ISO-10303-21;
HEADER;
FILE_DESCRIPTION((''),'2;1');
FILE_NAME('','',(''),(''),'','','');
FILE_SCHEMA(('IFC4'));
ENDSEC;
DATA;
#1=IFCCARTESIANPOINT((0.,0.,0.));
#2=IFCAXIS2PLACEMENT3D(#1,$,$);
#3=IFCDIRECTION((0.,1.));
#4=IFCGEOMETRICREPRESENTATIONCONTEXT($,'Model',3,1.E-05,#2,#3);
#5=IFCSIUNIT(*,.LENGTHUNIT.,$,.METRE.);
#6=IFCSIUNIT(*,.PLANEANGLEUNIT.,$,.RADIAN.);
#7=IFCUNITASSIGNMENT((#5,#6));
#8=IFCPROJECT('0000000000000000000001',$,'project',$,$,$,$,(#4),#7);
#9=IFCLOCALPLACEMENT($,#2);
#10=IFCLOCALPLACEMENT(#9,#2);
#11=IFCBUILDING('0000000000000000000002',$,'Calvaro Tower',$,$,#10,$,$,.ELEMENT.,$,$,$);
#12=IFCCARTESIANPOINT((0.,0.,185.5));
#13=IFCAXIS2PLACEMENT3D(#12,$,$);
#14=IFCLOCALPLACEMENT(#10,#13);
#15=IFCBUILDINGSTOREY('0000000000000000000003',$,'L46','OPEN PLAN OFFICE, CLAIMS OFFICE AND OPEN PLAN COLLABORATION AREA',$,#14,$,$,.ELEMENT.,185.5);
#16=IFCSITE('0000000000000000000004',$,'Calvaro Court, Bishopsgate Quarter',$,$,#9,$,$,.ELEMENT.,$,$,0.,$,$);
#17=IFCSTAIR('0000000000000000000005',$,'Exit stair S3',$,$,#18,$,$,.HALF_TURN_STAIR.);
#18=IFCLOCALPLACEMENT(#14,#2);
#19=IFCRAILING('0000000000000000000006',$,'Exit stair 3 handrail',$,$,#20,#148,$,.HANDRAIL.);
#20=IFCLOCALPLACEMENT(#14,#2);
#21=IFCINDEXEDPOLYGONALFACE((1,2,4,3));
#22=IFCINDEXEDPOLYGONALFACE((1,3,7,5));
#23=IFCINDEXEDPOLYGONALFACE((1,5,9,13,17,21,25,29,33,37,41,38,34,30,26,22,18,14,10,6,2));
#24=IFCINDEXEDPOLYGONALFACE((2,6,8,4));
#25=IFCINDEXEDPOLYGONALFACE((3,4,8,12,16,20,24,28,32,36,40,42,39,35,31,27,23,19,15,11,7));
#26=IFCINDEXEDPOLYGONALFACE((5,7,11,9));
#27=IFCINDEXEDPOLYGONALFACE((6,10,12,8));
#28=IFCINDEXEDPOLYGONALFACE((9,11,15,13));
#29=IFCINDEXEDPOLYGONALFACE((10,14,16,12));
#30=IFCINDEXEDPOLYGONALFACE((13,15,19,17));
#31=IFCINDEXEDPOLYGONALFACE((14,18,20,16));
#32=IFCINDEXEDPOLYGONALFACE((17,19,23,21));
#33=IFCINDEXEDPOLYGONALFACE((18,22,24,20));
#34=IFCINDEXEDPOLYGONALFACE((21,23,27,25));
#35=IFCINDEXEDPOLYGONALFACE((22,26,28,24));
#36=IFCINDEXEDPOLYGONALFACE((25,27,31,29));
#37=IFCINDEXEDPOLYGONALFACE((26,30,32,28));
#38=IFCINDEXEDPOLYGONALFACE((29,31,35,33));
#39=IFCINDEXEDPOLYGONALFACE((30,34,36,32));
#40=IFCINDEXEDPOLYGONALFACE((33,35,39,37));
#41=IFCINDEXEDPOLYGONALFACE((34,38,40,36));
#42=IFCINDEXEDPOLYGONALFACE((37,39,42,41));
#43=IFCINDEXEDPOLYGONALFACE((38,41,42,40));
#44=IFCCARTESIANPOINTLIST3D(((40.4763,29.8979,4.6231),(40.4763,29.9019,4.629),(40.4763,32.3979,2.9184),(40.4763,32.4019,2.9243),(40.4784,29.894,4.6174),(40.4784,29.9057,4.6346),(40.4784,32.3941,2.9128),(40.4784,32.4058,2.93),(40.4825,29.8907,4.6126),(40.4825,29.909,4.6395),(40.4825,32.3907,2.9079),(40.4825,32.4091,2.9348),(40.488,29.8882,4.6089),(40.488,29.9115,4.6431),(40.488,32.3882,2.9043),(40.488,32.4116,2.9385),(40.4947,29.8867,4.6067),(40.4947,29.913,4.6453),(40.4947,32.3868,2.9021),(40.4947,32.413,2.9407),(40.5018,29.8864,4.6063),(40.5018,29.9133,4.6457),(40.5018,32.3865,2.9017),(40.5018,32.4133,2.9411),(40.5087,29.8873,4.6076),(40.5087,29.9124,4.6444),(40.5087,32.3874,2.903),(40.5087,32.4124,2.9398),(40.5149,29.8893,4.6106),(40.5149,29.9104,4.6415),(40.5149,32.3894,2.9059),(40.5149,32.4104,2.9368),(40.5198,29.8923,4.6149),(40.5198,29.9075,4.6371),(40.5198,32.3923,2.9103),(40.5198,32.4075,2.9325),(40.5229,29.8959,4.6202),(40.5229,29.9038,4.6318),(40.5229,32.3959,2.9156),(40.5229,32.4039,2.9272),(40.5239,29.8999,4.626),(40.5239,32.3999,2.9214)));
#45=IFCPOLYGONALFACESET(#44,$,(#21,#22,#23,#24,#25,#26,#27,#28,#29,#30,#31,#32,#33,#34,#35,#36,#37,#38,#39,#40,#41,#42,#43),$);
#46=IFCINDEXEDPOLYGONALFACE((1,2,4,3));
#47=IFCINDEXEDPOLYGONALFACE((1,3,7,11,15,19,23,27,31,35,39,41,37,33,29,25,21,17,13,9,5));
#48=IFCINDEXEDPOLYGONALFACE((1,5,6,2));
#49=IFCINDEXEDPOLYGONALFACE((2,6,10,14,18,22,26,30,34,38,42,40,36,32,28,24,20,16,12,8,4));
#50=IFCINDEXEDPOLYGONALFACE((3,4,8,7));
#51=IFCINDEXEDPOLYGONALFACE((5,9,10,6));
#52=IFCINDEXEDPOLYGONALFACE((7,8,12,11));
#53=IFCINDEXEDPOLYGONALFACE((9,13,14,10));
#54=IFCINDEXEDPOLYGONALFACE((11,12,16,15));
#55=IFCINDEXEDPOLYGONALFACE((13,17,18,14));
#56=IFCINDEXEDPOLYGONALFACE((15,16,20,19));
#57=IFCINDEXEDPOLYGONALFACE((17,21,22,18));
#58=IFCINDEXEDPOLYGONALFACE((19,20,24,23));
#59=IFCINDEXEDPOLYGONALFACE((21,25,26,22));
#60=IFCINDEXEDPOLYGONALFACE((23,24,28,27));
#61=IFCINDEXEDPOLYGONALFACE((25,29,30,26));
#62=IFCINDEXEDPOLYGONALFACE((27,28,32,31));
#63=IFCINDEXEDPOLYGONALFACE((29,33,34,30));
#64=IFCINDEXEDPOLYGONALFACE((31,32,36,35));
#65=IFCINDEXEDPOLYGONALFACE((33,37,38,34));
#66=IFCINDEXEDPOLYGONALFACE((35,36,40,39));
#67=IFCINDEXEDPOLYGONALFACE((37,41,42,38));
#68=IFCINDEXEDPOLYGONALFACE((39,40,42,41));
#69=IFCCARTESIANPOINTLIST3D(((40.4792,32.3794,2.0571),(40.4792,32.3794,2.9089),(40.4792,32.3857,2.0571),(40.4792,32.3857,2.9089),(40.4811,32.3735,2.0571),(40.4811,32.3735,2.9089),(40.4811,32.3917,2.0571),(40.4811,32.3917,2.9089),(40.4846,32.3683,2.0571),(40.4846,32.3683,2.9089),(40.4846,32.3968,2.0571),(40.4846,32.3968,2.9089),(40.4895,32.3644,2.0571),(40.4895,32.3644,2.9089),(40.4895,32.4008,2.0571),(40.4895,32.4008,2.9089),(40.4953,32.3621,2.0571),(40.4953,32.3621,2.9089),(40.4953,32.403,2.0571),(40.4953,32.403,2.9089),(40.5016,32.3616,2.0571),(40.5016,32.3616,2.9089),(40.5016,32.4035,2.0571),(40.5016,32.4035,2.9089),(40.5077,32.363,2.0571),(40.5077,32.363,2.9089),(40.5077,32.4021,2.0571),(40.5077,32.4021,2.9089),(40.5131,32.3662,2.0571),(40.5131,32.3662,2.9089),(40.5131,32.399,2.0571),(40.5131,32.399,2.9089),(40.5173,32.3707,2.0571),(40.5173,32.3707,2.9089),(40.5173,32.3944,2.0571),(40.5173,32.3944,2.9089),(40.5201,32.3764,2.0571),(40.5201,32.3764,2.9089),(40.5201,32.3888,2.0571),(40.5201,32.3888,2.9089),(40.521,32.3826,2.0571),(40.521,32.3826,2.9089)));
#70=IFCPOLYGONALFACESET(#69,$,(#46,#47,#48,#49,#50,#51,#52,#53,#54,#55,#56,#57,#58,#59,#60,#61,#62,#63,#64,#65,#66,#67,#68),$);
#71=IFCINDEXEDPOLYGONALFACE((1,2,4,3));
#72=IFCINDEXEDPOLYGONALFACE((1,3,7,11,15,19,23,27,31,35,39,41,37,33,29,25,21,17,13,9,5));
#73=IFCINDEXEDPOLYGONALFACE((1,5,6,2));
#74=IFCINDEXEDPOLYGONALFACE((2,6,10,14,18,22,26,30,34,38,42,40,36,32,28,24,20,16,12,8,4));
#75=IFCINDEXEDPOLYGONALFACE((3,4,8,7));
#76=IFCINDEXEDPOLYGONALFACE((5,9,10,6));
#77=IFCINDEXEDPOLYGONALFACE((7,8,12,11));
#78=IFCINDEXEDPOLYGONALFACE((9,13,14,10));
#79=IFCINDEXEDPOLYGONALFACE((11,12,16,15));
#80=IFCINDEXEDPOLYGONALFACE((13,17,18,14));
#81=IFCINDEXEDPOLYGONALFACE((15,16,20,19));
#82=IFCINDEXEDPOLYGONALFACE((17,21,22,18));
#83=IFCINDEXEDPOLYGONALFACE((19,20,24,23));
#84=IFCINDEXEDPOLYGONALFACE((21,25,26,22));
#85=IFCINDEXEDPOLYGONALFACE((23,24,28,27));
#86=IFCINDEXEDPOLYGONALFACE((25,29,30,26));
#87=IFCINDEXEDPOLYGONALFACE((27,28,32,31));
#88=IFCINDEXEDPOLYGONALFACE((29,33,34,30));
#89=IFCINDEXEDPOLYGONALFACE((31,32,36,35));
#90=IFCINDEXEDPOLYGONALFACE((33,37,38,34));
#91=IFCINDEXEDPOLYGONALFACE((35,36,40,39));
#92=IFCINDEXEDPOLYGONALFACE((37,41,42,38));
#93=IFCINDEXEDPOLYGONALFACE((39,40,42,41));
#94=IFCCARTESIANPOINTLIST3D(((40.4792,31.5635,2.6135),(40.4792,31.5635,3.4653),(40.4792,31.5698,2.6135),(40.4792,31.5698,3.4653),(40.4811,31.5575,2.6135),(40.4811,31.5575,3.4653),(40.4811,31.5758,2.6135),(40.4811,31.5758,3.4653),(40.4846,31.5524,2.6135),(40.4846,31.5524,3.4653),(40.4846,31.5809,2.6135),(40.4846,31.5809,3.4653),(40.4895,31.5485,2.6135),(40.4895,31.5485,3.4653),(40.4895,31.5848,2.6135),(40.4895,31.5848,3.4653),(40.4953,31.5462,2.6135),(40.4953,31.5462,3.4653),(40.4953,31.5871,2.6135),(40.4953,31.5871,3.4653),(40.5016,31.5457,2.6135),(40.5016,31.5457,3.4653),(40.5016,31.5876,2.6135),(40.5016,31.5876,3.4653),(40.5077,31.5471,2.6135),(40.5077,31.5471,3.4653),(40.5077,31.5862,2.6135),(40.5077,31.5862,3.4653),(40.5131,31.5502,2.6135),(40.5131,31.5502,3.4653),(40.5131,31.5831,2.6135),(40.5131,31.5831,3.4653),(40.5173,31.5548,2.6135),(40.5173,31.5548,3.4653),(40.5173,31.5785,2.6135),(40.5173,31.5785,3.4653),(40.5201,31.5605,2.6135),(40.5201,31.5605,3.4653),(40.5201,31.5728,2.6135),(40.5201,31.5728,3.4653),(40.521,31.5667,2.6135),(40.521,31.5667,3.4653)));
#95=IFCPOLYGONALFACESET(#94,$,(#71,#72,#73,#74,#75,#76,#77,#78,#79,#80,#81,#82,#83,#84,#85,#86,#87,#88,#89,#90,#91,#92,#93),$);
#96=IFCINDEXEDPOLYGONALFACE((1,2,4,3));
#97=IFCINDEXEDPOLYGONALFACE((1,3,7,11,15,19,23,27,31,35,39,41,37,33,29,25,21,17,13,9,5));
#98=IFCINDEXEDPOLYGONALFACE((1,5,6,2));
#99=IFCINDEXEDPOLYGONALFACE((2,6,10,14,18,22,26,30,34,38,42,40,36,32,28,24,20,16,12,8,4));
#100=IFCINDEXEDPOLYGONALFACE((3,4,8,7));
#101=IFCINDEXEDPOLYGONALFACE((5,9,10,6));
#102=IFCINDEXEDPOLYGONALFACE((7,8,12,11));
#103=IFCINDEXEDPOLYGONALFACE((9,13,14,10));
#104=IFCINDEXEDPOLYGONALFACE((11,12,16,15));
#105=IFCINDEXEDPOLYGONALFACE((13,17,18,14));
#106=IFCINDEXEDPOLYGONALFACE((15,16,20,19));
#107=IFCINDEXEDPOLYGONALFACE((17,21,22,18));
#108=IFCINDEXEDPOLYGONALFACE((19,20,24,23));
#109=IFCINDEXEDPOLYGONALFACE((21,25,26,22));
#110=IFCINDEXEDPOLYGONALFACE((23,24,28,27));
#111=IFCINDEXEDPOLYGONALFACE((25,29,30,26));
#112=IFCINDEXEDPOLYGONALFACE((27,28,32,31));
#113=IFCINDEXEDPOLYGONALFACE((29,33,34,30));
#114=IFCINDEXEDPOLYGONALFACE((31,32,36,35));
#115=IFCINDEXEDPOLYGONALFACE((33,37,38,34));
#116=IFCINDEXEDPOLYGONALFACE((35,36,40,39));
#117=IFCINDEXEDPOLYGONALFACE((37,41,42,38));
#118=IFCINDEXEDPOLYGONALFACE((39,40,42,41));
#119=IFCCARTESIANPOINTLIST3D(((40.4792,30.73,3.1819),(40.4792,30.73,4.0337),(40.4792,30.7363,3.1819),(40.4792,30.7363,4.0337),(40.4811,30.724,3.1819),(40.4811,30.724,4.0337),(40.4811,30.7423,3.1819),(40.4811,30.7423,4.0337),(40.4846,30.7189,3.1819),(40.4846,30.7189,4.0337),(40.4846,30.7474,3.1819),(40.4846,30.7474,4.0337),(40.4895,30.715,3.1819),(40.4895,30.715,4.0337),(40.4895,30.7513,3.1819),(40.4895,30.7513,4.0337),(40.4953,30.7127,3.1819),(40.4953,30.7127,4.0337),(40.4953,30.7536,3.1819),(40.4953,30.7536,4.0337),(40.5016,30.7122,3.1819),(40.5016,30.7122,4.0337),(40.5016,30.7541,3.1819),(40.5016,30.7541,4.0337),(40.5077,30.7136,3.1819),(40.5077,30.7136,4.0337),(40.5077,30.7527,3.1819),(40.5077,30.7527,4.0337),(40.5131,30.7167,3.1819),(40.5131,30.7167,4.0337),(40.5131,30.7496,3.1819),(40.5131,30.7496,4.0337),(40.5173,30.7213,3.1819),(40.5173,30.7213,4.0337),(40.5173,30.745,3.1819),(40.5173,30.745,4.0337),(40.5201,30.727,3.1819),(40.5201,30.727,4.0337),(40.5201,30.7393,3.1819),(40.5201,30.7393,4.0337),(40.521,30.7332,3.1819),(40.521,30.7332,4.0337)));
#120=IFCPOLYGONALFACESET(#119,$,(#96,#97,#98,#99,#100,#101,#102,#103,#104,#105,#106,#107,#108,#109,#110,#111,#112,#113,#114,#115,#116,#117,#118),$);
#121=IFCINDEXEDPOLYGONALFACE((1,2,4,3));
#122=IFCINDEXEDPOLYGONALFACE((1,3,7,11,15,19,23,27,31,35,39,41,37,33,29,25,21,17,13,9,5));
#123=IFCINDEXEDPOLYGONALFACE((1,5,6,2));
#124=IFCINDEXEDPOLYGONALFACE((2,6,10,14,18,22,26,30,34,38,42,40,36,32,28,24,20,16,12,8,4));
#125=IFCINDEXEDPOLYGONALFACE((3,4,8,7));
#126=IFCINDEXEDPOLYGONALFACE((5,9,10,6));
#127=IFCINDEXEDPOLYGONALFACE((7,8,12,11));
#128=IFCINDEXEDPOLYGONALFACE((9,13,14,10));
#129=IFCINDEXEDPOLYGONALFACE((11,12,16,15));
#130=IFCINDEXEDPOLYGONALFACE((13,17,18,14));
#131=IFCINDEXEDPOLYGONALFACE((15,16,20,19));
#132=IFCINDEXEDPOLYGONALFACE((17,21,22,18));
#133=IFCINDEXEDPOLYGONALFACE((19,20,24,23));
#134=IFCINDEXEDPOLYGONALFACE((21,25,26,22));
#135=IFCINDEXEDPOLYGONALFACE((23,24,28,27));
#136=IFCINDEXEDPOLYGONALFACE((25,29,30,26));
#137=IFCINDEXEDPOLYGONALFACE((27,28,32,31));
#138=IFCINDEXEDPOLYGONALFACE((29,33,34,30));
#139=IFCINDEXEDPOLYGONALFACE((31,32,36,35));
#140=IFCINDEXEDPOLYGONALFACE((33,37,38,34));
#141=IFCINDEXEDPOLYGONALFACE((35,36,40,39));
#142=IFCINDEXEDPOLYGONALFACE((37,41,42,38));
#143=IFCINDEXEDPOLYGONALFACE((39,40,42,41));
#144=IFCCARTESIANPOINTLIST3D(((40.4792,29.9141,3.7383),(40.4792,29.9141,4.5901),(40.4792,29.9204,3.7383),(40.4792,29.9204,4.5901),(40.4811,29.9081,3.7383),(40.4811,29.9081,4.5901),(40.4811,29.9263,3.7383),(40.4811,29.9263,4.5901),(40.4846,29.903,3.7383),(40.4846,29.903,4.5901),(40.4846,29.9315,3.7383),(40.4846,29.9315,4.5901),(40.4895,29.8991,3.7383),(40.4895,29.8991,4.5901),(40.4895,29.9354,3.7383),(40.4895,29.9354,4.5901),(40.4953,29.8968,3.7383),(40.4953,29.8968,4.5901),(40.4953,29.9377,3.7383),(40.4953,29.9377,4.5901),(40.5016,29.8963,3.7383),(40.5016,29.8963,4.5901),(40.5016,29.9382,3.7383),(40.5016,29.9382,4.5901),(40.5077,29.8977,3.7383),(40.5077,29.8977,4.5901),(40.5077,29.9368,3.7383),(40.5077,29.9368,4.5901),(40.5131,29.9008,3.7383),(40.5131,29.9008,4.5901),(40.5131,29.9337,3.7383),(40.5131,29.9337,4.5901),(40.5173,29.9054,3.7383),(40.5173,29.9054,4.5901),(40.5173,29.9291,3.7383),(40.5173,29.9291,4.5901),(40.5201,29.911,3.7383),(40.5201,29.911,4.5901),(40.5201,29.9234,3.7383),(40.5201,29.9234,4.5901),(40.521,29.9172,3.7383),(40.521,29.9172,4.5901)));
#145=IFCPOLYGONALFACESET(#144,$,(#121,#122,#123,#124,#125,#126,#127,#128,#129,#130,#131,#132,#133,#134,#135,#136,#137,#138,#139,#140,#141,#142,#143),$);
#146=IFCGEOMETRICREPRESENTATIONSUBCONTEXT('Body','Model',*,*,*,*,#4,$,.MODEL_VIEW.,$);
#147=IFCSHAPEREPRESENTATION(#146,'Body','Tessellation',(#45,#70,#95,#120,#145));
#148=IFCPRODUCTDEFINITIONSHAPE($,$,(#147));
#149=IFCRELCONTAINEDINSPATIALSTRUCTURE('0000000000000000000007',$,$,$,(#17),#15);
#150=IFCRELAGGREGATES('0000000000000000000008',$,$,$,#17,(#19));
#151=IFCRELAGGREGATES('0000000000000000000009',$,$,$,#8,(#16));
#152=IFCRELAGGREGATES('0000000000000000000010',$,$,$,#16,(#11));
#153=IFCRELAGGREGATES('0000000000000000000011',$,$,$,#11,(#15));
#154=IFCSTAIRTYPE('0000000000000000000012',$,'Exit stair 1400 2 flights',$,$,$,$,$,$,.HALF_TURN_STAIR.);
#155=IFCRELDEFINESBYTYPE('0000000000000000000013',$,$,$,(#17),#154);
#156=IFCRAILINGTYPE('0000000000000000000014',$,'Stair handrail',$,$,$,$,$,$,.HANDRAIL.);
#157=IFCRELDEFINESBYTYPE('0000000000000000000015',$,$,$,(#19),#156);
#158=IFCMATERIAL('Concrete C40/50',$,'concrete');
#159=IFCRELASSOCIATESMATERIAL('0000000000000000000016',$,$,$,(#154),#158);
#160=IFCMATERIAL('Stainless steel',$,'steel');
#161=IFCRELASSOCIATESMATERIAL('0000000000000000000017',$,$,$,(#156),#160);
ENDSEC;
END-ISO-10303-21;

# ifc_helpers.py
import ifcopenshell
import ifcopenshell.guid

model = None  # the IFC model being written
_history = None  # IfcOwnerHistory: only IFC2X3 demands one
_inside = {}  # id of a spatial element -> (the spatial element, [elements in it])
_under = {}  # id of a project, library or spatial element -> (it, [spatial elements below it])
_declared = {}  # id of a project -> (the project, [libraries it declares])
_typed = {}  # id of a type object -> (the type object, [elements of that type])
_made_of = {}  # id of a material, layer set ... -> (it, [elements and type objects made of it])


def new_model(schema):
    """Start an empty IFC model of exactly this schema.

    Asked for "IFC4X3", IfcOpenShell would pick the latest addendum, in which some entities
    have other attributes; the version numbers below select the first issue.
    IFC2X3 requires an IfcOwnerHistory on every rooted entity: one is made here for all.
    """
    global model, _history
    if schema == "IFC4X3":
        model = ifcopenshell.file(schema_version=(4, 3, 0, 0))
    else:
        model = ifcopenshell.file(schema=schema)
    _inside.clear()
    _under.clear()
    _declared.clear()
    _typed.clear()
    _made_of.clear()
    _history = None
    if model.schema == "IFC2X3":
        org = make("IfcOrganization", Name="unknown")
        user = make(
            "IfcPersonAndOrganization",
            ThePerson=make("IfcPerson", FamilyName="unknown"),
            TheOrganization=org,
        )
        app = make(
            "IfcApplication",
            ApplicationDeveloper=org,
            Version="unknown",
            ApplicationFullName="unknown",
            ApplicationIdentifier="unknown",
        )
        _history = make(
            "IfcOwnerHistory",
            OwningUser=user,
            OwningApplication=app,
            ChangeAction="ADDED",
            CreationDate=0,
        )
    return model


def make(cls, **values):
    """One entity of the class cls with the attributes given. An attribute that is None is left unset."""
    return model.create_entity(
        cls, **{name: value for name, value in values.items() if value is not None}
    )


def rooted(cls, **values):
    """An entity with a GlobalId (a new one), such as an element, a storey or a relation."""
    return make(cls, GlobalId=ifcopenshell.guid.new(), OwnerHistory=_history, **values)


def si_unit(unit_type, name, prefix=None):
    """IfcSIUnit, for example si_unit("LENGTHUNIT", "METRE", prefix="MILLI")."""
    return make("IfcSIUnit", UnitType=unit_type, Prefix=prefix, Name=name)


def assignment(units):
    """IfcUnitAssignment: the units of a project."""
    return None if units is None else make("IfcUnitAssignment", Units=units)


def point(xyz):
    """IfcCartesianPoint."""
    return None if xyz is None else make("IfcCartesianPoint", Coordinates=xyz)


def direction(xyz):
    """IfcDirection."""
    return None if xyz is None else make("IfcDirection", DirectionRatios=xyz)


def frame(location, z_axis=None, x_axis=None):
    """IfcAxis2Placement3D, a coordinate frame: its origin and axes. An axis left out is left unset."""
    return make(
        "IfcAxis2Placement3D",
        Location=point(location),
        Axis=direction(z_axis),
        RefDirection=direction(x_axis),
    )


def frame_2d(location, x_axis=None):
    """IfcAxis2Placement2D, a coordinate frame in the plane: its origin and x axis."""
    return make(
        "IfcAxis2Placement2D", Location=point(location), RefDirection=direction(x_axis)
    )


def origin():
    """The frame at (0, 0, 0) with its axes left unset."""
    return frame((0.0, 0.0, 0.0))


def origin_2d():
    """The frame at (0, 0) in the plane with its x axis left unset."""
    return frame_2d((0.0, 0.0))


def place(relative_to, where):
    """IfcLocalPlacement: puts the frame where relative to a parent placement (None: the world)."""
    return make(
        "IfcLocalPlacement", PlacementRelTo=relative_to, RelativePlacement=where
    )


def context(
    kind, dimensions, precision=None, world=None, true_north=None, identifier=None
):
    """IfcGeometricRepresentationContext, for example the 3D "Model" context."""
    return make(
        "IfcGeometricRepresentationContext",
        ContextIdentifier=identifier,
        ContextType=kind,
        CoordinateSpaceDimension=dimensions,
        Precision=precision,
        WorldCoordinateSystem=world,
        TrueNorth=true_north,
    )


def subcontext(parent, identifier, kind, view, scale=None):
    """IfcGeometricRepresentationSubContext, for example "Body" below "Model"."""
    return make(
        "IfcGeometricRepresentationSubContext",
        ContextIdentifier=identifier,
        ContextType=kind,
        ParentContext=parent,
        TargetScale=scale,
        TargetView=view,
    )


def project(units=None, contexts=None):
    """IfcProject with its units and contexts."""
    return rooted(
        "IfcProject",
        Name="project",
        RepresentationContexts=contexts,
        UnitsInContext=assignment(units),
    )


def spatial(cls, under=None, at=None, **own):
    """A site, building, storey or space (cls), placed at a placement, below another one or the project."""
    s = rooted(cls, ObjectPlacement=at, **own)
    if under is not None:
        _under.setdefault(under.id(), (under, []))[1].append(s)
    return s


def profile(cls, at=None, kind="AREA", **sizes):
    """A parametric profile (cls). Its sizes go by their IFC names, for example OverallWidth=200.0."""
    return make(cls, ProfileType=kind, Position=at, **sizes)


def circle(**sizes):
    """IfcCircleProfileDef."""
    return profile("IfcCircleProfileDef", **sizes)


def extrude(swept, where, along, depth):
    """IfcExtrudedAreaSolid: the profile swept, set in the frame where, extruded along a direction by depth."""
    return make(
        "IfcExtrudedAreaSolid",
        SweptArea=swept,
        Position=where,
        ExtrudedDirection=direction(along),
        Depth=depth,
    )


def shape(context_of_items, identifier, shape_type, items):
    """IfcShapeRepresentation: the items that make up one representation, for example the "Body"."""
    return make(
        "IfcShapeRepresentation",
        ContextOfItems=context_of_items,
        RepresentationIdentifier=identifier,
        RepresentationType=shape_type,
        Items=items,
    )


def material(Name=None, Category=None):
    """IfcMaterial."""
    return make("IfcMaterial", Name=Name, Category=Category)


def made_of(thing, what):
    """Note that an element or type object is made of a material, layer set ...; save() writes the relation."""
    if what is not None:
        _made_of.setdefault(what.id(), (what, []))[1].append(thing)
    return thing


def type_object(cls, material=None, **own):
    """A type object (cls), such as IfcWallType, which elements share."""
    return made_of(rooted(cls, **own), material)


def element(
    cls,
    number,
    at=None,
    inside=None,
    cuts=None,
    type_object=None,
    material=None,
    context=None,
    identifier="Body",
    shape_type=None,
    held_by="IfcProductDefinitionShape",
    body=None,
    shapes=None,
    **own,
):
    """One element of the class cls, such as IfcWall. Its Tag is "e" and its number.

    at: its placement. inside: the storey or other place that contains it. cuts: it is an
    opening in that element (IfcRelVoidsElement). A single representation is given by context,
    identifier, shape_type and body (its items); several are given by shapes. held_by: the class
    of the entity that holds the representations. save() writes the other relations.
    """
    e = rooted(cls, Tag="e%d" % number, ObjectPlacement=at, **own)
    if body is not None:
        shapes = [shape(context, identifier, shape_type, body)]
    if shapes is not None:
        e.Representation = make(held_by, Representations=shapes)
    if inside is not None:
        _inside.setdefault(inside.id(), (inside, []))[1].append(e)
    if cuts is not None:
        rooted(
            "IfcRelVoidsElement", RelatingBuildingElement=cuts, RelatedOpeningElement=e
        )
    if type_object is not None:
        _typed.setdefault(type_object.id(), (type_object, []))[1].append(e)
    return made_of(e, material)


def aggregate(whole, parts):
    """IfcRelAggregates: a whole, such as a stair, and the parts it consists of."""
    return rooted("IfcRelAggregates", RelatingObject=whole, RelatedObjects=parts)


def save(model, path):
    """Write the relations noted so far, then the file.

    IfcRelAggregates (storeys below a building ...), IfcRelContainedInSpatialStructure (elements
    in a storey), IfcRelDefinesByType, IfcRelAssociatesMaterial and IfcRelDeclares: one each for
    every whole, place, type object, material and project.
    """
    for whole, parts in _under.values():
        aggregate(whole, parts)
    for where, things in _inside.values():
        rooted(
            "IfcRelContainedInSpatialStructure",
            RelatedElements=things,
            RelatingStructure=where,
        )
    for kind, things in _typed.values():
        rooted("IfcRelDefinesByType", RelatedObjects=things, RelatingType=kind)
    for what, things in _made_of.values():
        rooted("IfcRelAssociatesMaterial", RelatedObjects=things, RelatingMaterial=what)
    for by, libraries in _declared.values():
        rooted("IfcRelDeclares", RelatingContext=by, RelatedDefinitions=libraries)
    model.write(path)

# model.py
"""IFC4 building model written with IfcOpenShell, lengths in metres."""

from ifc_helpers import new_model, si_unit, direction, frame, origin, origin_2d, place, context, subcontext, project, spatial, circle, extrude, material, type_object, element, aggregate, save


model = new_model("IFC4")

# Units and contexts
model_context = context("Model", 3, precision=1e-05, world=origin(), true_north=direction((0.0, 1.0)))
body_context = subcontext(model_context, "Body", "Model", "MODEL_VIEW")
ifc_project = project(units=[si_unit("LENGTHUNIT", "METRE"), si_unit("PLANEANGLEUNIT", "RADIAN")], contexts=[model_context])

# Site, building, storey
site_placement = place(None, origin())
site = spatial("IfcSite", under=ifc_project, at=site_placement, Name="Calvaro Court, Bishopsgate Quarter", CompositionType="ELEMENT", RefElevation=0.0)
building_placement = place(site_placement, origin())
building = spatial("IfcBuilding", under=site, at=building_placement, Name="Calvaro Tower", CompositionType="ELEMENT")
storey_placement = place(building_placement, frame((0.0, 0.0, 185.5)))
storey = spatial("IfcBuildingStorey", under=building, at=storey_placement, Name="L46", Description="OPEN PLAN OFFICE, CLAIMS OFFICE AND OPEN PLAN COLLABORATION AREA", CompositionType="ELEMENT", Elevation=185.5)

# Stair
ifc_material_1 = material(Name="Concrete C40/50", Category="concrete")
stair_type = type_object("IfcStairType", Name="Exit stair 1400 2 flights", PredefinedType="HALF_TURN_STAIR", material=ifc_material_1)
stair_1_placement = place(storey_placement, origin())
stair_1 = element("IfcStair", 1, at=stair_1_placement, inside=storey, type_object=stair_type, Name="Exit stair S3", PredefinedType="HALF_TURN_STAIR")

# Railing
ifc_material_2 = material(Name="Stainless steel", Category="steel")
railing_type = type_object("IfcRailingType", Name="Stair handrail", PredefinedType="HANDRAIL", material=ifc_material_2)
railing_1_placement = place(storey_placement, frame((40.5, 32.3999, 2.0454)))
railing_1 = element("IfcRailing", 2, at=railing_1_placement, type_object=railing_type, Name="Exit stair 3 handrail", PredefinedType="HANDRAIL", context=body_context, shape_type="SweptSolid", body=[
    extrude(circle(Radius=0.0239, at=origin_2d()), frame((0.0, 0.0, 0.876), z_axis=(0.0, -0.826221, 0.563347), x_axis=(1.0, 0.0, 0.0)), (0.0, 0.0, 1.0), 3.0259),
    extrude(circle(Radius=0.021, at=origin_2d()), frame((0.0, -0.0173, 0.0117)), (0.0, 0.0, 1.0), 0.8518),
    extrude(circle(Radius=0.021, at=origin_2d()), frame((0.0, -0.8333, 0.5681)), (0.0, 0.0, 1.0), 0.8518),
    extrude(circle(Radius=0.021, at=origin_2d()), frame((0.0, -1.6667, 1.1365)), (0.0, 0.0, 1.0), 0.8518),
    extrude(circle(Radius=0.021, at=origin_2d()), frame((0.0, -2.4827, 1.6929)), (0.0, 0.0, 1.0), 0.8518),
])
aggregate(stair_1, [railing_1])

save(model, "model.ifc")
